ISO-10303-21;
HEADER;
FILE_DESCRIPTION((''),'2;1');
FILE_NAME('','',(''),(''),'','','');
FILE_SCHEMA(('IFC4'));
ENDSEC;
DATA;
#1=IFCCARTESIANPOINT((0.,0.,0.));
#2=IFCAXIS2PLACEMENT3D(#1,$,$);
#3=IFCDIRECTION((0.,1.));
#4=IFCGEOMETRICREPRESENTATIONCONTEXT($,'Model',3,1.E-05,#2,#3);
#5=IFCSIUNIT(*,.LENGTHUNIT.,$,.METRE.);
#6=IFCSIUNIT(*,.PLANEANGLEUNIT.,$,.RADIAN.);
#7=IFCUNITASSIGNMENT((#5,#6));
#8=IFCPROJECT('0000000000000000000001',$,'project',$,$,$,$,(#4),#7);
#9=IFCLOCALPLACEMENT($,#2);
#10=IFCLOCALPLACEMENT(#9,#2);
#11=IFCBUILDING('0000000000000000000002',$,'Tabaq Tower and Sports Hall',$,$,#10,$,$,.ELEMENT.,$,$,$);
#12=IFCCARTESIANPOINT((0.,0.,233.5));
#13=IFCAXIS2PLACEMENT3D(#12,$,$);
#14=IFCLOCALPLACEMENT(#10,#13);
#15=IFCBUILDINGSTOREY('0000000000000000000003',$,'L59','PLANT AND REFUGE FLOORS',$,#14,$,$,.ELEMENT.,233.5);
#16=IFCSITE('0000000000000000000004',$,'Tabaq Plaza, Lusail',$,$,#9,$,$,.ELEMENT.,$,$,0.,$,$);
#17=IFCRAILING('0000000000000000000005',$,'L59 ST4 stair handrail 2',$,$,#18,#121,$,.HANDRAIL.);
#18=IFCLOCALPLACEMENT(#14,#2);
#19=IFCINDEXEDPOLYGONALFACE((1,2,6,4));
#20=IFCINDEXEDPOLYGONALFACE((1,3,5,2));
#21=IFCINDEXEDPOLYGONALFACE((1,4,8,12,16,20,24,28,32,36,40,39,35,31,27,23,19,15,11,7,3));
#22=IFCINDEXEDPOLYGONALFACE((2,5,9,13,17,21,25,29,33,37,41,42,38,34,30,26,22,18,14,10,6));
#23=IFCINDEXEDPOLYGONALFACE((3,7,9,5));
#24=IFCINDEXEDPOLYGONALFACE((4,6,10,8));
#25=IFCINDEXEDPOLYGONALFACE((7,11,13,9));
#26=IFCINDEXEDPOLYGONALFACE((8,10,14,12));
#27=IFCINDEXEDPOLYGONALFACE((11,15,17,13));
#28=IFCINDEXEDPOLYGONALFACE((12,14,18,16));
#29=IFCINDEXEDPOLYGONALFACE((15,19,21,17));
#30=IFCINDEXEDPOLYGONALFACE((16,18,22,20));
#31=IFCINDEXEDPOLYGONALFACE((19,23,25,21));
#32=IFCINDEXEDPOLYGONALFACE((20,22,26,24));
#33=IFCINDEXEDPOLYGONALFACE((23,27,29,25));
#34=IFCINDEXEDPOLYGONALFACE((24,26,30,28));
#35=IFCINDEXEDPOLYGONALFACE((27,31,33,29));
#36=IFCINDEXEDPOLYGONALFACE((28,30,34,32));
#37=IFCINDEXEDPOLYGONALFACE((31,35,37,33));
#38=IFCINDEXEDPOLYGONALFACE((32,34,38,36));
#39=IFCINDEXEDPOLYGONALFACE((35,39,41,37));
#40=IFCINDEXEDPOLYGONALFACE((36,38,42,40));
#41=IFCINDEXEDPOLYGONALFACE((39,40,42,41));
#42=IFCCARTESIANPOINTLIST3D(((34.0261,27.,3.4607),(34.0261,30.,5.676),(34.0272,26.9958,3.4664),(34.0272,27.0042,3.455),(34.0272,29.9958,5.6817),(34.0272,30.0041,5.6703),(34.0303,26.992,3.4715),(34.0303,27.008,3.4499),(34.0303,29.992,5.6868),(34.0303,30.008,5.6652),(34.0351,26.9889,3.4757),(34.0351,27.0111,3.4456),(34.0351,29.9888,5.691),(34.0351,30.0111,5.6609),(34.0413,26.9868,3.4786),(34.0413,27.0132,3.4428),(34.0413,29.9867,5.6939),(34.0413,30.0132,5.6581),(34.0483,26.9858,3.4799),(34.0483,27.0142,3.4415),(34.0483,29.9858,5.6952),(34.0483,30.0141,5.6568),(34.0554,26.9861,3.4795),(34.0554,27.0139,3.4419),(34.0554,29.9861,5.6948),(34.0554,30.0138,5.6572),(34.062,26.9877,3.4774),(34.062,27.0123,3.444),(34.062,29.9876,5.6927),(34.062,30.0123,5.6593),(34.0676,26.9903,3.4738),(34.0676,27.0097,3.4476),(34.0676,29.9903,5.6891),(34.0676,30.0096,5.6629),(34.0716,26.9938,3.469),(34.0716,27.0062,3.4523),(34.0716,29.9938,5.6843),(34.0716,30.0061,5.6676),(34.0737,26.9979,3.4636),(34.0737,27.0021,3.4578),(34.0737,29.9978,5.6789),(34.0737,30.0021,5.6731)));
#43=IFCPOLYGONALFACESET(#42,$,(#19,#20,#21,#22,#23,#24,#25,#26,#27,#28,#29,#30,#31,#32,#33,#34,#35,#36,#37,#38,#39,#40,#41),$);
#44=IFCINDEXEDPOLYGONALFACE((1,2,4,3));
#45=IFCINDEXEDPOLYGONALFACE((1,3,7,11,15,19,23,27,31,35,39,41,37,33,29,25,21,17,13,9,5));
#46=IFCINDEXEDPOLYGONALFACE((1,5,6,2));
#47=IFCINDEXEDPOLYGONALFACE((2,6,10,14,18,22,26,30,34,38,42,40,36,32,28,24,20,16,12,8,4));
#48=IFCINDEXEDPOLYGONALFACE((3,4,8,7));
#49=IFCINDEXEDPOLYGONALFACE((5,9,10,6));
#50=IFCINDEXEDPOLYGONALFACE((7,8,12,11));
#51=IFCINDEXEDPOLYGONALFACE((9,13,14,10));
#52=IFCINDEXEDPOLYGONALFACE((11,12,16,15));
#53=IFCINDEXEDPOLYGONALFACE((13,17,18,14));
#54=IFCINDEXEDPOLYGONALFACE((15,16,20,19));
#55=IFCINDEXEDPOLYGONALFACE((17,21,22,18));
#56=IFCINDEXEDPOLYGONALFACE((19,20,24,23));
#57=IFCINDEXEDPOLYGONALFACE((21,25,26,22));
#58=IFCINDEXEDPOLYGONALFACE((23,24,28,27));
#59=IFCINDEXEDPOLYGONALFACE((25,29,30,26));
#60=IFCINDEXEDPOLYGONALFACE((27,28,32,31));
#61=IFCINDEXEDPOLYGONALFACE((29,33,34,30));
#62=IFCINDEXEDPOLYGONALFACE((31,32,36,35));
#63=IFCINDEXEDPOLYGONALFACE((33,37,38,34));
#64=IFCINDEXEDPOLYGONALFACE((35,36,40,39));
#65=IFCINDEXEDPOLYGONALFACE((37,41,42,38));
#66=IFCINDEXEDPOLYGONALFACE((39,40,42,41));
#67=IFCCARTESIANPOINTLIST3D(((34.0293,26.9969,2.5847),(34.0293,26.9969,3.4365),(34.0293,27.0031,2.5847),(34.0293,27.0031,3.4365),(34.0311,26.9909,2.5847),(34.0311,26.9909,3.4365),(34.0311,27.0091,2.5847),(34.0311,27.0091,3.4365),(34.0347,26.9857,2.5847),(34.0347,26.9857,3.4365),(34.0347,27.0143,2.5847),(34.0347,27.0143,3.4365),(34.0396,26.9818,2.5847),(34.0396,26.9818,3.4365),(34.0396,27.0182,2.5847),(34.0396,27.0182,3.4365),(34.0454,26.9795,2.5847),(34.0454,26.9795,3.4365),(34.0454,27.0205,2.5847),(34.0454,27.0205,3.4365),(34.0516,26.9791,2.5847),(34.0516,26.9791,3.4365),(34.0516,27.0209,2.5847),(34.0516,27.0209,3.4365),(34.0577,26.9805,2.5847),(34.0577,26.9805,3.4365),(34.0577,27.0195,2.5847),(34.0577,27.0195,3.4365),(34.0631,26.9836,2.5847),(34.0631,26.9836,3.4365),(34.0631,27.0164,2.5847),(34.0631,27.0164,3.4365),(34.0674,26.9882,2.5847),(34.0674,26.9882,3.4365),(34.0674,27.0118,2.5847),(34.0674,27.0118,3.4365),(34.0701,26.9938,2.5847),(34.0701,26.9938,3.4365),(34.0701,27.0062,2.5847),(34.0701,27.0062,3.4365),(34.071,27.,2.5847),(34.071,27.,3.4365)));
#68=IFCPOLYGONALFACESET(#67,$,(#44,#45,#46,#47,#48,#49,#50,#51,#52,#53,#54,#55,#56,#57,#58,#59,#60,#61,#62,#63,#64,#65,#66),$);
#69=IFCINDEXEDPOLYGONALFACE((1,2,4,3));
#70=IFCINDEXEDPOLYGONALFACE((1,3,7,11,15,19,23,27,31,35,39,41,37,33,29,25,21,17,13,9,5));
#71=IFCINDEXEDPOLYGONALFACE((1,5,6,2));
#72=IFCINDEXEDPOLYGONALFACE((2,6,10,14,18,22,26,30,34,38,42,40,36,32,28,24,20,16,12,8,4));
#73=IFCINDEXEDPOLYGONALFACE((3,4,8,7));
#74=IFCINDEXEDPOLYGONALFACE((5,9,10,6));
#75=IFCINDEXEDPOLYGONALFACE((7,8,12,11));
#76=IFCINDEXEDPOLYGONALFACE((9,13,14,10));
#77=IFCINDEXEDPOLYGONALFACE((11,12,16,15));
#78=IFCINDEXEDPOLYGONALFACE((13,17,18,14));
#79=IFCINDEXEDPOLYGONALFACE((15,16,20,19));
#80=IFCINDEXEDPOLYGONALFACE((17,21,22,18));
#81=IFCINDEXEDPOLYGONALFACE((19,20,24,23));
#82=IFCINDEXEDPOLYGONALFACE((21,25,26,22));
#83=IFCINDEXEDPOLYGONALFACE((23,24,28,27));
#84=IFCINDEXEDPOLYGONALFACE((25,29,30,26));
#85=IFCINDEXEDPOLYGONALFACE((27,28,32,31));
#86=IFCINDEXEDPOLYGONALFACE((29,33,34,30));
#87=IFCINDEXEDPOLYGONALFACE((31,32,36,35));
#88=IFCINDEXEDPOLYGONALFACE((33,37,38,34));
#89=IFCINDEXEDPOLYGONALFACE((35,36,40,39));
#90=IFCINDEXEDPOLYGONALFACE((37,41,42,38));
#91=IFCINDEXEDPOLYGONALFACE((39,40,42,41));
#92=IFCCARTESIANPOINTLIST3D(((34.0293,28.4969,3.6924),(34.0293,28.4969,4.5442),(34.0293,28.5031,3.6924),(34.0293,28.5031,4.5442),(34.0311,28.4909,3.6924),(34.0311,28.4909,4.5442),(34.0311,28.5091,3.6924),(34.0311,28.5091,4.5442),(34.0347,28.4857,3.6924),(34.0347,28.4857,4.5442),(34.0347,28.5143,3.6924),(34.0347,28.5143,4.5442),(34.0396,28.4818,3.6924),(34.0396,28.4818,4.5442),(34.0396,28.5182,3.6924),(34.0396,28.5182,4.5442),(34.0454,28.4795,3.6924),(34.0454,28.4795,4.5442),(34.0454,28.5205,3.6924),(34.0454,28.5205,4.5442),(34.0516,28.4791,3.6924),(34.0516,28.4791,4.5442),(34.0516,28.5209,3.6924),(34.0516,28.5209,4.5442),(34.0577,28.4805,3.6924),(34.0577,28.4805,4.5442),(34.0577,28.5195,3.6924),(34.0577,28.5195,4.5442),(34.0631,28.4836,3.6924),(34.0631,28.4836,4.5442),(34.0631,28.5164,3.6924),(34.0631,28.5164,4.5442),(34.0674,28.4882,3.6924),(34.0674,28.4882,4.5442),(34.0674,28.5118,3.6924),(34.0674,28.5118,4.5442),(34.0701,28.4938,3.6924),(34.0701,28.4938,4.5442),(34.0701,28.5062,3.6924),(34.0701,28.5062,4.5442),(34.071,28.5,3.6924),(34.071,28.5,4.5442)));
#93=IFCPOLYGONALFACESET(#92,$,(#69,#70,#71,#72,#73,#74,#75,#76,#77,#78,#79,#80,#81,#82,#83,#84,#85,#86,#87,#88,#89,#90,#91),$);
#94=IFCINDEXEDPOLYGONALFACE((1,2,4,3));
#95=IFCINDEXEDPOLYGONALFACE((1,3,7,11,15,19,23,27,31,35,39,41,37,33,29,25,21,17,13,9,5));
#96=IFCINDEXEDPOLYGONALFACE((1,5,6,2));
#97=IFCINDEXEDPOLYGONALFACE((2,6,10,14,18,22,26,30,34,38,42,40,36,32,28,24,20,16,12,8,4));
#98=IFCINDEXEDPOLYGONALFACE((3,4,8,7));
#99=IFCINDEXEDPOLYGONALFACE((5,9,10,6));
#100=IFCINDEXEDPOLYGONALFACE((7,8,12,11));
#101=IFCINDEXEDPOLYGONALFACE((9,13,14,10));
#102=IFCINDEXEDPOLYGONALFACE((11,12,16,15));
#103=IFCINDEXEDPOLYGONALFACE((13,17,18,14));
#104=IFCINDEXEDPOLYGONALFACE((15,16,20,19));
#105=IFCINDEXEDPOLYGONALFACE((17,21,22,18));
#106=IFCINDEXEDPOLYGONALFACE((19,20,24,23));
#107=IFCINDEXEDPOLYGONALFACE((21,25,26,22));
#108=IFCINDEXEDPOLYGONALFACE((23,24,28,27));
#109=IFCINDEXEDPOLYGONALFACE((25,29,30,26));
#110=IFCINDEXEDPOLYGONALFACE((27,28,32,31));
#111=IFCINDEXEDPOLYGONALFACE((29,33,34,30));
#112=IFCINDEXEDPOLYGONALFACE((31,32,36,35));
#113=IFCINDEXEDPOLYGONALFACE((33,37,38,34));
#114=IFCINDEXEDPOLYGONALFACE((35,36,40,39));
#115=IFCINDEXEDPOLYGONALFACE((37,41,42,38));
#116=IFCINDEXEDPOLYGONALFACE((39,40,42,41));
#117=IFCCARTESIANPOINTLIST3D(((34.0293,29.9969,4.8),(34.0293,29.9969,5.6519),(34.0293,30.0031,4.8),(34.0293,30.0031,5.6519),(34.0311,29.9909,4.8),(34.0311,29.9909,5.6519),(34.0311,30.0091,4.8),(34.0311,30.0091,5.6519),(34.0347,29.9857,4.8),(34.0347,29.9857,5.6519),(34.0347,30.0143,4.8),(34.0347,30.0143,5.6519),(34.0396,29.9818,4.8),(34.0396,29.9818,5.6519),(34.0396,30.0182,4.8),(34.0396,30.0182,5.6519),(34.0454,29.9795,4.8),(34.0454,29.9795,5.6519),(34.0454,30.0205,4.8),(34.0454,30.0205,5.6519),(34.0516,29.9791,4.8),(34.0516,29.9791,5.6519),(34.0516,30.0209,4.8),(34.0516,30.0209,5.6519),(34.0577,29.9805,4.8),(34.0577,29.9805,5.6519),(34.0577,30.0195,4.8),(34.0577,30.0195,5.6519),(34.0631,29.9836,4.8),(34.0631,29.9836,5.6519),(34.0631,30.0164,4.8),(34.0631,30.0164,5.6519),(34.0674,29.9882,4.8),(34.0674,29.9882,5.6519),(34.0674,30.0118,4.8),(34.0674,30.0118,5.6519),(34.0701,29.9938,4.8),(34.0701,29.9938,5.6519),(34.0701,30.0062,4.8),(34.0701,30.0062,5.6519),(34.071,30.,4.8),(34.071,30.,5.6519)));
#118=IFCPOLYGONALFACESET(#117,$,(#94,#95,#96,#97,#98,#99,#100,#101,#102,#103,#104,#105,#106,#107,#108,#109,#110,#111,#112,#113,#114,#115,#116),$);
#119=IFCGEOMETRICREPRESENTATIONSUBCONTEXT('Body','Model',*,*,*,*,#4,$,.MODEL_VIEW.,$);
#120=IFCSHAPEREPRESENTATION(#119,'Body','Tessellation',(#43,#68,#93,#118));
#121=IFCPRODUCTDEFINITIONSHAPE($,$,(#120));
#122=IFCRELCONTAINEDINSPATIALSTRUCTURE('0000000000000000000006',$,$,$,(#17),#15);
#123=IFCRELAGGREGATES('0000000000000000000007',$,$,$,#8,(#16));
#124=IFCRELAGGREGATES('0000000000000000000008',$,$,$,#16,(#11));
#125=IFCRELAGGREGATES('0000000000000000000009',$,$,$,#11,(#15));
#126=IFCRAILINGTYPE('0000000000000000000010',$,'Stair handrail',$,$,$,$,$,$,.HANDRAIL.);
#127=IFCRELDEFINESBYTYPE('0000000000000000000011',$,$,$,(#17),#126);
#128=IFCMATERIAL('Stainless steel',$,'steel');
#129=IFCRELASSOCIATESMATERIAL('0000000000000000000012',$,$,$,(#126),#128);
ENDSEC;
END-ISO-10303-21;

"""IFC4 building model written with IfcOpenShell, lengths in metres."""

from ifc_helpers import new_model, si_unit, direction, frame, origin, origin_2d, place, context, subcontext, project, spatial, circle, extrude, material, type_object, element, save


model = new_model("IFC4")

# Units and contexts
model_context = context("Model", 3, precision=1e-05, world=origin(), true_north=direction((0.0, 1.0)))
body_context = subcontext(model_context, "Body", "Model", "MODEL_VIEW")
ifc_project = project(units=[si_unit("LENGTHUNIT", "METRE"), si_unit("PLANEANGLEUNIT", "RADIAN")], contexts=[model_context])

# Site, building, storey
site_placement = place(None, origin())
site = spatial("IfcSite", under=ifc_project, at=site_placement, Name="Tabaq Plaza, Lusail", CompositionType="ELEMENT", RefElevation=0.0)
building_placement = place(site_placement, origin())
building = spatial("IfcBuilding", under=site, at=building_placement, Name="Tabaq Tower and Sports Hall", CompositionType="ELEMENT")
storey_placement = place(building_placement, frame((0.0, 0.0, 233.5)))
storey = spatial("IfcBuildingStorey", under=building, at=storey_placement, Name="L59", Description="PLANT AND REFUGE FLOORS", CompositionType="ELEMENT", Elevation=233.5)

# Railing
ifc_material_1 = material(Name="Stainless steel", Category="steel")
railing_type_1 = type_object("IfcRailingType", Name="Stair handrail", PredefinedType="HANDRAIL", material=ifc_material_1)
railing_1_placement = place(storey_placement, frame((34.05, 27.0, 2.5847)))
element("IfcRailing", 1, at=railing_1_placement, inside=storey, type_object=railing_type_1, Name="L59 ST4 stair handrail 2", PredefinedType="HANDRAIL", context=body_context, shape_type="SweptSolid", body=[
    extrude(circle(Radius=0.0239, at=origin_2d()), frame((0.0, 0.0, 0.876), z_axis=(0.0, 0.80444, 0.594034), x_axis=(-1.0, 0.0, 0.0)), (0.0, 0.0, 1.0), 3.7292),
    extrude(circle(Radius=0.021, at=origin_2d()), origin(), (0.0, 0.0, 1.0), 0.8518),
    extrude(circle(Radius=0.021, at=origin_2d()), frame((0.0, 1.5, 1.1077)), (0.0, 0.0, 1.0), 0.8518),
    extrude(circle(Radius=0.021, at=origin_2d()), frame((0.0, 3.0, 2.2153)), (0.0, 0.0, 1.0), 0.8518),
])

save(model, "model.ifc")
